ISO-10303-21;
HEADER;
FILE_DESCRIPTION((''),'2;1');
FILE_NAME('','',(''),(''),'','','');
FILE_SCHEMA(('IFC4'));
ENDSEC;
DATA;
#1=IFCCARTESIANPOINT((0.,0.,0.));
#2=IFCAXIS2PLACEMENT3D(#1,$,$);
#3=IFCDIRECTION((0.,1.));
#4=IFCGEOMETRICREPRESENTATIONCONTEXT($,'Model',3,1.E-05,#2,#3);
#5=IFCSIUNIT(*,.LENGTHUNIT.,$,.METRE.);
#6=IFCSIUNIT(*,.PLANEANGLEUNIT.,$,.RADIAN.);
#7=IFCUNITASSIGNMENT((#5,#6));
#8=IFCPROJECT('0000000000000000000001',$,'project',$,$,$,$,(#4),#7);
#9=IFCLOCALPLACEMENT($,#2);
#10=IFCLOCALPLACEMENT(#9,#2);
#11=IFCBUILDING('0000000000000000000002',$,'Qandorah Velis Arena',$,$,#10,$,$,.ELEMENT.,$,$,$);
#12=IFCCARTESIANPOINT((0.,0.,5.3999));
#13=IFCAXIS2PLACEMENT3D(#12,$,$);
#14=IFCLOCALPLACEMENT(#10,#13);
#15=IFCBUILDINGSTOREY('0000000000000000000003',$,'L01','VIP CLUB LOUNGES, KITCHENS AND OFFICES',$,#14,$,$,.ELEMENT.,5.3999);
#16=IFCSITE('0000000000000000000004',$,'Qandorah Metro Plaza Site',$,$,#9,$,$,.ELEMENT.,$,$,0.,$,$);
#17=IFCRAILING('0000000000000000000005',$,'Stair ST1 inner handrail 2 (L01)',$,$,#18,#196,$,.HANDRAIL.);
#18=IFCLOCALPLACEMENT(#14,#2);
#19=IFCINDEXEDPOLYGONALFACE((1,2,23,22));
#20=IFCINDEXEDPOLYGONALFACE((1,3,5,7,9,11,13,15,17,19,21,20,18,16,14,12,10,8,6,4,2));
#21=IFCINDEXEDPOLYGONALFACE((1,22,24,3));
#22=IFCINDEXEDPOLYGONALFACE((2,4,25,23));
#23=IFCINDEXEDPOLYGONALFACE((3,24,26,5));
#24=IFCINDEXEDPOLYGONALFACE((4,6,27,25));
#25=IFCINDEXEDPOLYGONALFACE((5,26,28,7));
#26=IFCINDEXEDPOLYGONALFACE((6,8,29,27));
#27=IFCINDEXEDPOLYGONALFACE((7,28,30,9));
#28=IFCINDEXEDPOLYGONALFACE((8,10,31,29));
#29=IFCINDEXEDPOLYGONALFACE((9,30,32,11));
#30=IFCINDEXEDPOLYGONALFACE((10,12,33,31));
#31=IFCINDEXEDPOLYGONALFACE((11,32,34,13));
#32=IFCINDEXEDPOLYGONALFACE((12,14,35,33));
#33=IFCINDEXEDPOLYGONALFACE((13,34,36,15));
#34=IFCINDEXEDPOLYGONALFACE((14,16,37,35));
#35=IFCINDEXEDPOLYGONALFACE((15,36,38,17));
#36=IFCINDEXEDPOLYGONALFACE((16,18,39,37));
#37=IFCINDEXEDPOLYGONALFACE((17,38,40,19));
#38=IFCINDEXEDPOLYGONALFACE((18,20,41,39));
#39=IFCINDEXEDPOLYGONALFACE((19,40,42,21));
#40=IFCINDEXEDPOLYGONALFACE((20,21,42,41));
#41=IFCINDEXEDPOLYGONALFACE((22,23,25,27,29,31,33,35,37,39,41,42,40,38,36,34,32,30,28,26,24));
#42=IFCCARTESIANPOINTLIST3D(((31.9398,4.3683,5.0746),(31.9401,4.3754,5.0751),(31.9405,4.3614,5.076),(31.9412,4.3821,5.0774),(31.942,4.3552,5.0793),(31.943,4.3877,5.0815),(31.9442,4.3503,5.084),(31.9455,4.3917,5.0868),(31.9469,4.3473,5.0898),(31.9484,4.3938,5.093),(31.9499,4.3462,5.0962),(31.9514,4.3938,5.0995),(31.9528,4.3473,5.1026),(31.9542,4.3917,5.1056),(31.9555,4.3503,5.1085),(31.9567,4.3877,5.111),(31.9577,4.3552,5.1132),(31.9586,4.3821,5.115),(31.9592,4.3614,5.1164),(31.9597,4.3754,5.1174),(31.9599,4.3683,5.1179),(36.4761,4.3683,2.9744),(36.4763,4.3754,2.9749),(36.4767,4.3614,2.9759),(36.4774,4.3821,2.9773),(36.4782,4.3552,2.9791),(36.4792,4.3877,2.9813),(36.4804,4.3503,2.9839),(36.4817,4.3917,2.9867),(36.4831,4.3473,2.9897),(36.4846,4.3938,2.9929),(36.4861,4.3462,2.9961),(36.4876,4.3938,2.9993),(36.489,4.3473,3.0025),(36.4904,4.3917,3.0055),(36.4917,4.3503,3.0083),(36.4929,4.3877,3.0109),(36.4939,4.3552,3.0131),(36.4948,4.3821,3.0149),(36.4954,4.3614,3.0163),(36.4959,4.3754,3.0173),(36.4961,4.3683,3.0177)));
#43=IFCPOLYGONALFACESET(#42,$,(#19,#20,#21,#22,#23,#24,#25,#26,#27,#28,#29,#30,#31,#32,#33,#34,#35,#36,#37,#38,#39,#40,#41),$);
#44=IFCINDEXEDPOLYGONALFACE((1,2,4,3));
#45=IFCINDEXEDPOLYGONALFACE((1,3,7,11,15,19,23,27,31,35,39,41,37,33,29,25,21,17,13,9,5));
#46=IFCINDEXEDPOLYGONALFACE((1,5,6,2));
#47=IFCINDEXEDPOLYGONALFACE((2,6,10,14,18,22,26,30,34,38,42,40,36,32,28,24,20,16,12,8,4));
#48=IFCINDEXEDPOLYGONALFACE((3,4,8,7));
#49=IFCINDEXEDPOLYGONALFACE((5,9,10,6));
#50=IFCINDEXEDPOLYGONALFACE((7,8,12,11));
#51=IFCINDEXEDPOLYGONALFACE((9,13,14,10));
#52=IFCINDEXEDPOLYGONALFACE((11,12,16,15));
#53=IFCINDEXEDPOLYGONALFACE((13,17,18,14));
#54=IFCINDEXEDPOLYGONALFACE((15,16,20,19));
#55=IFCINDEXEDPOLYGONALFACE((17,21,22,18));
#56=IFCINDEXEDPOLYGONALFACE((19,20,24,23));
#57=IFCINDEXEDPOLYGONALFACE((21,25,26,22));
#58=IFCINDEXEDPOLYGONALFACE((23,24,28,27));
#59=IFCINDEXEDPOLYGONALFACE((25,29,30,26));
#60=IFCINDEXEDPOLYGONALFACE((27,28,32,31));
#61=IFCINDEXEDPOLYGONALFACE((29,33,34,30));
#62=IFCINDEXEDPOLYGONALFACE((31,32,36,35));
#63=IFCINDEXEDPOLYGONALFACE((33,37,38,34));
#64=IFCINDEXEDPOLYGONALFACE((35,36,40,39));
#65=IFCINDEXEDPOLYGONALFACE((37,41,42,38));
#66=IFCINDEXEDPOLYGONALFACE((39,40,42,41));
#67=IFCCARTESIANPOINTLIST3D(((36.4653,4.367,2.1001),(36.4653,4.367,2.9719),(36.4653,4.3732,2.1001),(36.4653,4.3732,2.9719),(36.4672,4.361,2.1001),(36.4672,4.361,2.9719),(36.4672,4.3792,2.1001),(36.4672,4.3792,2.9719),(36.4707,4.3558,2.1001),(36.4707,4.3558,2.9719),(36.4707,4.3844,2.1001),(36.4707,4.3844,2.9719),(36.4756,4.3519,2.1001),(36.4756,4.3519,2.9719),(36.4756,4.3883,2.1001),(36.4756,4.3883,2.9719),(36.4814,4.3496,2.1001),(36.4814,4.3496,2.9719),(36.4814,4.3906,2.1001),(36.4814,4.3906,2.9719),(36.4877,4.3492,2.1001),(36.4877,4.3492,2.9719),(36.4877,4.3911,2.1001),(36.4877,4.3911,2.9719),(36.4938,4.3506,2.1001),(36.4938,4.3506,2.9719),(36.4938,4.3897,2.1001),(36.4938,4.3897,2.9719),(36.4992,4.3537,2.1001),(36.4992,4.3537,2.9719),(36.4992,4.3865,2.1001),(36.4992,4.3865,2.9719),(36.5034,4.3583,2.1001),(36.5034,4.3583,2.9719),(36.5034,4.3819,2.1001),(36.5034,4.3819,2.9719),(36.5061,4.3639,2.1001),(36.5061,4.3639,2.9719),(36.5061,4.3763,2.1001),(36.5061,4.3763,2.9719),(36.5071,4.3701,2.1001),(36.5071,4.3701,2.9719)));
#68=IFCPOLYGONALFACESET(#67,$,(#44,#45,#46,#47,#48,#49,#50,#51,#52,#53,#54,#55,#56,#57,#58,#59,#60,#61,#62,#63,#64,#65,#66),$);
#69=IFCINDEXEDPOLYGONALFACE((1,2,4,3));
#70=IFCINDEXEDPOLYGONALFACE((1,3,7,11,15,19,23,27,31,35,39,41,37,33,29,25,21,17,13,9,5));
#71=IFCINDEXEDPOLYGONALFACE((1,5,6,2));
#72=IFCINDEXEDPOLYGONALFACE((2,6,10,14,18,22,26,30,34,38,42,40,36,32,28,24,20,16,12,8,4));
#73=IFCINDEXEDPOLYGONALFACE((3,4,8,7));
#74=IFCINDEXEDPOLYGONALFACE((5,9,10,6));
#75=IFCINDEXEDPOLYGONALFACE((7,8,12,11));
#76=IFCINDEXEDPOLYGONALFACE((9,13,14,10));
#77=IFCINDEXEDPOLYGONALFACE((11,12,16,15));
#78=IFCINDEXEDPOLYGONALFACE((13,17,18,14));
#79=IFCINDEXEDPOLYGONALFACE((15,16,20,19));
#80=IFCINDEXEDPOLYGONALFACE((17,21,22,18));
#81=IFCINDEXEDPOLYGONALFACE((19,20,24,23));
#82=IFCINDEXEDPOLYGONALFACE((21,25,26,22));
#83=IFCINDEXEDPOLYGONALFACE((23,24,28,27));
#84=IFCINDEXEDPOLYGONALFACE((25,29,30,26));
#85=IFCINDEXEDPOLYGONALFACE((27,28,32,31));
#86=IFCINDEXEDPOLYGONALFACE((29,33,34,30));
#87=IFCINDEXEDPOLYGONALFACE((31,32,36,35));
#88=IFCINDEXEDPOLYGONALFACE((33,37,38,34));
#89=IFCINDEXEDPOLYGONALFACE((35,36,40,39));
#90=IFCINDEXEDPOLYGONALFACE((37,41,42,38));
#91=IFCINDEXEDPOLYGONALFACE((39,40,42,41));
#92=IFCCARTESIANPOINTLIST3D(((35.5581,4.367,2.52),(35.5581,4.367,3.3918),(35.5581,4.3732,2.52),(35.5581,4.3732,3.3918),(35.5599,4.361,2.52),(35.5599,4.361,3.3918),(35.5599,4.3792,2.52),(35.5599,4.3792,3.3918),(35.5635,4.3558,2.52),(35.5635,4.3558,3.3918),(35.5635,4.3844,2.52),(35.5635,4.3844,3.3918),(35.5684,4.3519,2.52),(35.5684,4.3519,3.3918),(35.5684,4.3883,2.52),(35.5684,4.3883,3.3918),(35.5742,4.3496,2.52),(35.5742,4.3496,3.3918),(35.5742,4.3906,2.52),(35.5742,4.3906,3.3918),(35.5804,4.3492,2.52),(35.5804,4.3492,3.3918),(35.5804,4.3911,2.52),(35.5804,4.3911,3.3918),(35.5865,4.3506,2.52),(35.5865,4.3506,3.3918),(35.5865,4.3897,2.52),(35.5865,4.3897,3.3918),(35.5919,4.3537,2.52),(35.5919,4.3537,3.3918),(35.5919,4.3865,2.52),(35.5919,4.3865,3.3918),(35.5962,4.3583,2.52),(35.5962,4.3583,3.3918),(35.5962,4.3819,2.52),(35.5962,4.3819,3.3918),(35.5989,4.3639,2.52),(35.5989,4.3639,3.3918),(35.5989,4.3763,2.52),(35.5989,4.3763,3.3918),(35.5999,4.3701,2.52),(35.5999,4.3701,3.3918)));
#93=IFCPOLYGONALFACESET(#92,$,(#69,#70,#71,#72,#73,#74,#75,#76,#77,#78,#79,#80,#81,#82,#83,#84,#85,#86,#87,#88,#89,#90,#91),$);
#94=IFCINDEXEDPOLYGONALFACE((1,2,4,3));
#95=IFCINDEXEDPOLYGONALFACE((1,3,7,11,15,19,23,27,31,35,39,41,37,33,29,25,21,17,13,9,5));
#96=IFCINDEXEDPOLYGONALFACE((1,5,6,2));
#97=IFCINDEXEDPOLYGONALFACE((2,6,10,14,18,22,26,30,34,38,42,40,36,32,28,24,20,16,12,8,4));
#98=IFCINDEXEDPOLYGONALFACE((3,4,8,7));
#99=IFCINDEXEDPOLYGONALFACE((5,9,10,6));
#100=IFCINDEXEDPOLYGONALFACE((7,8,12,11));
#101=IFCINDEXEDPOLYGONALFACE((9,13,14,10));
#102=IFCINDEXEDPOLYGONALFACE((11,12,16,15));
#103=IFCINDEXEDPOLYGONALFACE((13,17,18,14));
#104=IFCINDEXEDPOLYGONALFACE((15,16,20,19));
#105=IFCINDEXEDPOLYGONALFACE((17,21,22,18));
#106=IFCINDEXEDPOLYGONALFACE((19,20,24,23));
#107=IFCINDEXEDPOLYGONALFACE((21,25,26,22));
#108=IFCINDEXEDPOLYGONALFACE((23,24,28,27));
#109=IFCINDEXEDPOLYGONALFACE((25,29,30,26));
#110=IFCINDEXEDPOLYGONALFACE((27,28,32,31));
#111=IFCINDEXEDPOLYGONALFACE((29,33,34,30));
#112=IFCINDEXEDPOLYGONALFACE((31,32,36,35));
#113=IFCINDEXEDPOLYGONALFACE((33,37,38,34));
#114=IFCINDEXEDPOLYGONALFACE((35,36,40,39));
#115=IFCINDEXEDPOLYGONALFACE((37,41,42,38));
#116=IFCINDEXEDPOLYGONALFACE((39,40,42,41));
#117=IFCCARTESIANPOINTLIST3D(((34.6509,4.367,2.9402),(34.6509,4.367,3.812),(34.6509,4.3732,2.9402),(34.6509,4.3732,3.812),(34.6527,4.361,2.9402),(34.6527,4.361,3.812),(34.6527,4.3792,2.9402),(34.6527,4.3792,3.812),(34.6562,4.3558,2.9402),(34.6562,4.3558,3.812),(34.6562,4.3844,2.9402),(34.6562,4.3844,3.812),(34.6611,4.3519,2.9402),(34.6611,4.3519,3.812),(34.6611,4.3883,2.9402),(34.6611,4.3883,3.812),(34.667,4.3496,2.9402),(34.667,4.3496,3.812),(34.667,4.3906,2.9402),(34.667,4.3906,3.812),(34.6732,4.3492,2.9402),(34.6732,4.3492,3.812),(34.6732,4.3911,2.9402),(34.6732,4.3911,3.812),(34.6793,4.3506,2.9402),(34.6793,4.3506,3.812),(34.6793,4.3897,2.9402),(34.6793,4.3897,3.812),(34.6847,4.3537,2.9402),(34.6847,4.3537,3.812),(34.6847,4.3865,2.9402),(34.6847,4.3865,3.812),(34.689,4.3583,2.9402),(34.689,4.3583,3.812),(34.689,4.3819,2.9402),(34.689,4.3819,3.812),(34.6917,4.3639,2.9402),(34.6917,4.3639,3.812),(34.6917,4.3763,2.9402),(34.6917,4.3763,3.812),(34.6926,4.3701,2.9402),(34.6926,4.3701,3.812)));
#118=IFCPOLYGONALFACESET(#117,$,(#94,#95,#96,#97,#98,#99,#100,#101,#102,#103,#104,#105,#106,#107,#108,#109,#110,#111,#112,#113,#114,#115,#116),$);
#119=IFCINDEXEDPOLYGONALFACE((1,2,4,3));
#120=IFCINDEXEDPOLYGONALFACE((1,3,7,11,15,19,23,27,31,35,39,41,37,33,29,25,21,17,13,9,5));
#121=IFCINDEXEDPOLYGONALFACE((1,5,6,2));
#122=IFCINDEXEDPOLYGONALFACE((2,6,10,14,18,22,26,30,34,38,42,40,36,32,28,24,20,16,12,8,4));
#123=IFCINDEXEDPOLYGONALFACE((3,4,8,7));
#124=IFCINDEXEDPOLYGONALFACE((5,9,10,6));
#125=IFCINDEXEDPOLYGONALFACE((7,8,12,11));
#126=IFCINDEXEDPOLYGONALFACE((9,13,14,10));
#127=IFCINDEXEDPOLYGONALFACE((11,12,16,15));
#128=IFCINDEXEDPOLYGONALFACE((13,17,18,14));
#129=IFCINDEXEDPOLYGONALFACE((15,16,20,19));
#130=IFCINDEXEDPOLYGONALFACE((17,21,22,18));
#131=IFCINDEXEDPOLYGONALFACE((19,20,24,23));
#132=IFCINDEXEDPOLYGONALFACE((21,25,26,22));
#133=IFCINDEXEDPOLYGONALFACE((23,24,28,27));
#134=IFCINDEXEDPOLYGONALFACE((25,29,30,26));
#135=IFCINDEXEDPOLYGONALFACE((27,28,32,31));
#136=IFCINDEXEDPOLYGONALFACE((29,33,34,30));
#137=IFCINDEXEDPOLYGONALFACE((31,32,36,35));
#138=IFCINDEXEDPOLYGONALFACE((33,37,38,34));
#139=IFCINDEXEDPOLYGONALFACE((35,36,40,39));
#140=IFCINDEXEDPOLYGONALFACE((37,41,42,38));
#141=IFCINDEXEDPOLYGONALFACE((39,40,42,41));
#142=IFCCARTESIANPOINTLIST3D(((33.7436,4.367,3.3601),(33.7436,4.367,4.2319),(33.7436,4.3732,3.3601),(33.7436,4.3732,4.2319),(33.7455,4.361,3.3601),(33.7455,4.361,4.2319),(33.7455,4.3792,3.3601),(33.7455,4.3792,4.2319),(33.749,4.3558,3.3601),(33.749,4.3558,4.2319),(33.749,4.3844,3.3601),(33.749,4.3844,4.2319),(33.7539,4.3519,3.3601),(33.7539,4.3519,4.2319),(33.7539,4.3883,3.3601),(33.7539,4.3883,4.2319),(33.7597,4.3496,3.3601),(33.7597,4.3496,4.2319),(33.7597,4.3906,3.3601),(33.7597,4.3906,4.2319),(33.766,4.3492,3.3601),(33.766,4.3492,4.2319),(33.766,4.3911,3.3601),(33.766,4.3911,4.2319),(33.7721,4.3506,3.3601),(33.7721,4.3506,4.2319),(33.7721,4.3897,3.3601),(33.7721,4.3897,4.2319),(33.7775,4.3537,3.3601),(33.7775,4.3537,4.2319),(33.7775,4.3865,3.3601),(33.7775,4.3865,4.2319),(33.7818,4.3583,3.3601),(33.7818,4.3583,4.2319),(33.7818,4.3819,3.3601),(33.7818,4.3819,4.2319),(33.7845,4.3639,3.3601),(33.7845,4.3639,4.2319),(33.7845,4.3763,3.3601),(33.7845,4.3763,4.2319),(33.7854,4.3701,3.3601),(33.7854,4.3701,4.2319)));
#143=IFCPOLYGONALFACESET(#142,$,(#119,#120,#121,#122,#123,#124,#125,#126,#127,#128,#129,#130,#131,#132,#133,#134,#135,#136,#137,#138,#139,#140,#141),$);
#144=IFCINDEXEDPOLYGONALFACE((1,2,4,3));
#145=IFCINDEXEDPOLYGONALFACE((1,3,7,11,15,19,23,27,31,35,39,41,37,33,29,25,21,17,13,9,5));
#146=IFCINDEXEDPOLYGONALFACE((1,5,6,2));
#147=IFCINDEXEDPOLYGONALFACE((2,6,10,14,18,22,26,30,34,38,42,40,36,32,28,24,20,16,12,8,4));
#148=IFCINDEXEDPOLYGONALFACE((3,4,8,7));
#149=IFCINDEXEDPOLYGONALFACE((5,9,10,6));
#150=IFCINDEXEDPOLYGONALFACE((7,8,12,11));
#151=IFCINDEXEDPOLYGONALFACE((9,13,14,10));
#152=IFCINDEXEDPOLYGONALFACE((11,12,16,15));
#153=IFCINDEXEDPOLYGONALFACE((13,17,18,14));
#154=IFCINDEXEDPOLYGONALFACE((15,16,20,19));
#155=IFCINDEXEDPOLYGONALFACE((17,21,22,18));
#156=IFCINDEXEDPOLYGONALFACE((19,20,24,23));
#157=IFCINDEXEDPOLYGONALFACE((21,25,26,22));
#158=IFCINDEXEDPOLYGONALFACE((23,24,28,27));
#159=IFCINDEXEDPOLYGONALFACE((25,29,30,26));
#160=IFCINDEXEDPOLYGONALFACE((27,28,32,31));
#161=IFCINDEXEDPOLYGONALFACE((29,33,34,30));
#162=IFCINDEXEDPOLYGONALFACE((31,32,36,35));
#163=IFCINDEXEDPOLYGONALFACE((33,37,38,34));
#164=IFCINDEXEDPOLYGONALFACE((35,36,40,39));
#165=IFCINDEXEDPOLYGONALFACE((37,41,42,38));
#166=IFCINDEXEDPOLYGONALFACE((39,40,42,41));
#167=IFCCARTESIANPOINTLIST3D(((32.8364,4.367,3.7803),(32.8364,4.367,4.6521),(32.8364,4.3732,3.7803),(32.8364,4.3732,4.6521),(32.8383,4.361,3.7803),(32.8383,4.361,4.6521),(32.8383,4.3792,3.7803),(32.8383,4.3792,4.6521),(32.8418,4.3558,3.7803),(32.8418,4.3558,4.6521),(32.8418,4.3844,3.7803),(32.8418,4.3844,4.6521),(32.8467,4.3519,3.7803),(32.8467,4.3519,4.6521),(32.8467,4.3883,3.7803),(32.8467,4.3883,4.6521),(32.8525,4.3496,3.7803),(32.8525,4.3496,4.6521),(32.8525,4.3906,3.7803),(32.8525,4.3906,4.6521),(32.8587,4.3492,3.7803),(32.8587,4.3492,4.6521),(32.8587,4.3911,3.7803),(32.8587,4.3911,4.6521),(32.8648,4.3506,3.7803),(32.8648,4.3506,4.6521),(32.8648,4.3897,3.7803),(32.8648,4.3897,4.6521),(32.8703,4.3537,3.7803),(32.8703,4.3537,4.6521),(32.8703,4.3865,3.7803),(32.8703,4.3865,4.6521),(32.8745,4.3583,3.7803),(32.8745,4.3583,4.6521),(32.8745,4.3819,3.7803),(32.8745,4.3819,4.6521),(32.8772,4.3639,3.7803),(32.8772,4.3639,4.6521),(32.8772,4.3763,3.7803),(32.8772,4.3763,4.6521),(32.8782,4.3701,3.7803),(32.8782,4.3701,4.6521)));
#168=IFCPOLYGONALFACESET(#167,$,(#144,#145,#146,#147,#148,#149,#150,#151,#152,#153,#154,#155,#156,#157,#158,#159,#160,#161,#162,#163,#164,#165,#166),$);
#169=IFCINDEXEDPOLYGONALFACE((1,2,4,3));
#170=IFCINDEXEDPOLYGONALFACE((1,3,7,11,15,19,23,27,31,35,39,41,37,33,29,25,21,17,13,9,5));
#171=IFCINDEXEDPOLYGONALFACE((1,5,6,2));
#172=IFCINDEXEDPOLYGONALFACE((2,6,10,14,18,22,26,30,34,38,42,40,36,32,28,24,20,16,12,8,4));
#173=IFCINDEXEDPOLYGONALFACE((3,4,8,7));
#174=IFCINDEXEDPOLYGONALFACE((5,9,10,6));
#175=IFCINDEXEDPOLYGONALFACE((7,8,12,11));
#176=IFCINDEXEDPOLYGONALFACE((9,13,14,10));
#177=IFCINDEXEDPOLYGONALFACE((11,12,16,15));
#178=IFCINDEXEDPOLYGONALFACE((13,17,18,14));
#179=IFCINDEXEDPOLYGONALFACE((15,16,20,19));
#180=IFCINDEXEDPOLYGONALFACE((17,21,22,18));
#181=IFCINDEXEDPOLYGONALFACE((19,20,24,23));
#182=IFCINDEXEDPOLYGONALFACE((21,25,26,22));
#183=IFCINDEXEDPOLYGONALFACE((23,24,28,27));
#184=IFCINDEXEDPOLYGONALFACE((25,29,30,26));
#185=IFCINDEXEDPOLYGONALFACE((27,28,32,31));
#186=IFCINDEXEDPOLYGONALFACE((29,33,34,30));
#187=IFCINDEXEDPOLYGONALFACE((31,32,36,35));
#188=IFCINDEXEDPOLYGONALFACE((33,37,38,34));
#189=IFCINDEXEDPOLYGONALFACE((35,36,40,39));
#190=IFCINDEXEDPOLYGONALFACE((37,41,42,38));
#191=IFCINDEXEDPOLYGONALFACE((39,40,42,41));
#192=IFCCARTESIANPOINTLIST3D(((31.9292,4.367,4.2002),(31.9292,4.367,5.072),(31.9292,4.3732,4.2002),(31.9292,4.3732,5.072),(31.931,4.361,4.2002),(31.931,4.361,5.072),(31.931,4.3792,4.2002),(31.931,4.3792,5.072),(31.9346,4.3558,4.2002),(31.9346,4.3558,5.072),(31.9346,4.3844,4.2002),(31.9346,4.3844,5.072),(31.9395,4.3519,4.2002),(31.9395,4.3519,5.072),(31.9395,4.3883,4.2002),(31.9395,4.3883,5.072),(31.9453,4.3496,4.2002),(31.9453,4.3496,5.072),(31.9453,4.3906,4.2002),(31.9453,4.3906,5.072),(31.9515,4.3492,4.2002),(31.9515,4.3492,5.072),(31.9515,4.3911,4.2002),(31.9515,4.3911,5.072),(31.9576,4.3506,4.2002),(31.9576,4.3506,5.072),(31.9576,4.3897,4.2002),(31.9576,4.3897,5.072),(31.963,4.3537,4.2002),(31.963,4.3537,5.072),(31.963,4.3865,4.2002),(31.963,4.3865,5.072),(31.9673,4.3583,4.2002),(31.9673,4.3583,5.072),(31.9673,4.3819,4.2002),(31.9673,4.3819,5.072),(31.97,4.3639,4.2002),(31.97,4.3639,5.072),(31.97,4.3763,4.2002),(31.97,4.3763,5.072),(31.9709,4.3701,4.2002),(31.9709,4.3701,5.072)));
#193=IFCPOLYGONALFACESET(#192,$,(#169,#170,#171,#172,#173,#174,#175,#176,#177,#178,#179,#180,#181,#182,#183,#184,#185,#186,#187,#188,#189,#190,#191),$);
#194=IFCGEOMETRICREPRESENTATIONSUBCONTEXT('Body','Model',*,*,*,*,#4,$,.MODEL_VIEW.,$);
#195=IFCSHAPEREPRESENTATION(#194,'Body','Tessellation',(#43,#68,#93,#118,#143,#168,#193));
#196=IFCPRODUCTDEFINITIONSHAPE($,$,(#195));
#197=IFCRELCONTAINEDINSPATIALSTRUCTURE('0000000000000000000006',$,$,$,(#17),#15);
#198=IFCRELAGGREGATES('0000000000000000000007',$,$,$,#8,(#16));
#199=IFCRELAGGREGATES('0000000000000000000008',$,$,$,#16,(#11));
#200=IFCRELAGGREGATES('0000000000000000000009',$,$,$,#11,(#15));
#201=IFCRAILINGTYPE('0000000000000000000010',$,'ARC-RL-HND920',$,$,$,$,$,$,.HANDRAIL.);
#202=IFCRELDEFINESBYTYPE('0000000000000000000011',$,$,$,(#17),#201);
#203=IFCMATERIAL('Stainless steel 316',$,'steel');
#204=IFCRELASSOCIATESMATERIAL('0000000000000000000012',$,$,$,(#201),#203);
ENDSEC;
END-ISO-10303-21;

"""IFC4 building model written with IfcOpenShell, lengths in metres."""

from ifc_helpers import new_model, si_unit, direction, frame, origin, origin_2d, place, context, subcontext, project, spatial, circle, extrude, material, type_object, element, save


model = new_model("IFC4")

# Units and contexts
model_context = context("Model", 3, precision=1e-05, world=origin(), true_north=direction((0.0, 1.0)))
body_context = subcontext(model_context, "Body", "Model", "MODEL_VIEW")
ifc_project = project(units=[si_unit("LENGTHUNIT", "METRE"), si_unit("PLANEANGLEUNIT", "RADIAN")], contexts=[model_context])

# Site, building, storey
site_placement = place(None, origin())
site = spatial("IfcSite", under=ifc_project, at=site_placement, Name="Qandorah Metro Plaza Site", CompositionType="ELEMENT", RefElevation=0.0)
building_placement = place(site_placement, origin())
building = spatial("IfcBuilding", under=site, at=building_placement, Name="Qandorah Velis Arena", CompositionType="ELEMENT")
storey_placement = place(building_placement, frame((0.0, 0.0, 5.3999)))
storey = spatial("IfcBuildingStorey", under=building, at=storey_placement, Name="L01", Description="VIP CLUB LOUNGES, KITCHENS AND OFFICES", CompositionType="ELEMENT", Elevation=5.3999)

# Railing
ifc_material_1 = material(Name="Stainless steel 316", Category="steel")
railing_type_1 = type_object("IfcRailingType", Name="ARC-RL-HND920", PredefinedType="HANDRAIL", material=ifc_material_1)
railing_1_placement = place(storey_placement, frame((36.4861, 4.3701, 2.1001)))
element("IfcRailing", 1, at=railing_1_placement, inside=storey, type_object=railing_type_1, Name="Stair ST1 inner handrail 2 (L01)", PredefinedType="HANDRAIL", context=body_context, shape_type="SweptSolid", body=[
    extrude(circle(Radius=0.0239, at=origin_2d()), frame((0.0, 0.0, 0.896), z_axis=(-0.907464, 0.0, 0.42013), x_axis=(0.0, -1.0, 0.0)), (0.0, 0.0, 1.0), 4.9988),
    extrude(circle(Radius=0.021, at=origin_2d()), origin(), (0.0, 0.0, 1.0), 0.8718),
    extrude(circle(Radius=0.021, at=origin_2d()), frame((-0.9072, 0.0, 0.4199)), (0.0, 0.0, 1.0), 0.8718),
    extrude(circle(Radius=0.021, at=origin_2d()), frame((-1.8145, 0.0, 0.8401)), (0.0, 0.0, 1.0), 0.8718),
    extrude(circle(Radius=0.021, at=origin_2d()), frame((-2.7217, 0.0, 1.26)), (0.0, 0.0, 1.0), 0.8718),
    extrude(circle(Radius=0.021, at=origin_2d()), frame((-3.6289, 0.0, 1.6802)), (0.0, 0.0, 1.0), 0.8718),
    extrude(circle(Radius=0.021, at=origin_2d()), frame((-4.5361, 0.0, 2.1001)), (0.0, 0.0, 1.0), 0.8718),
])

save(model, "model.ifc")
